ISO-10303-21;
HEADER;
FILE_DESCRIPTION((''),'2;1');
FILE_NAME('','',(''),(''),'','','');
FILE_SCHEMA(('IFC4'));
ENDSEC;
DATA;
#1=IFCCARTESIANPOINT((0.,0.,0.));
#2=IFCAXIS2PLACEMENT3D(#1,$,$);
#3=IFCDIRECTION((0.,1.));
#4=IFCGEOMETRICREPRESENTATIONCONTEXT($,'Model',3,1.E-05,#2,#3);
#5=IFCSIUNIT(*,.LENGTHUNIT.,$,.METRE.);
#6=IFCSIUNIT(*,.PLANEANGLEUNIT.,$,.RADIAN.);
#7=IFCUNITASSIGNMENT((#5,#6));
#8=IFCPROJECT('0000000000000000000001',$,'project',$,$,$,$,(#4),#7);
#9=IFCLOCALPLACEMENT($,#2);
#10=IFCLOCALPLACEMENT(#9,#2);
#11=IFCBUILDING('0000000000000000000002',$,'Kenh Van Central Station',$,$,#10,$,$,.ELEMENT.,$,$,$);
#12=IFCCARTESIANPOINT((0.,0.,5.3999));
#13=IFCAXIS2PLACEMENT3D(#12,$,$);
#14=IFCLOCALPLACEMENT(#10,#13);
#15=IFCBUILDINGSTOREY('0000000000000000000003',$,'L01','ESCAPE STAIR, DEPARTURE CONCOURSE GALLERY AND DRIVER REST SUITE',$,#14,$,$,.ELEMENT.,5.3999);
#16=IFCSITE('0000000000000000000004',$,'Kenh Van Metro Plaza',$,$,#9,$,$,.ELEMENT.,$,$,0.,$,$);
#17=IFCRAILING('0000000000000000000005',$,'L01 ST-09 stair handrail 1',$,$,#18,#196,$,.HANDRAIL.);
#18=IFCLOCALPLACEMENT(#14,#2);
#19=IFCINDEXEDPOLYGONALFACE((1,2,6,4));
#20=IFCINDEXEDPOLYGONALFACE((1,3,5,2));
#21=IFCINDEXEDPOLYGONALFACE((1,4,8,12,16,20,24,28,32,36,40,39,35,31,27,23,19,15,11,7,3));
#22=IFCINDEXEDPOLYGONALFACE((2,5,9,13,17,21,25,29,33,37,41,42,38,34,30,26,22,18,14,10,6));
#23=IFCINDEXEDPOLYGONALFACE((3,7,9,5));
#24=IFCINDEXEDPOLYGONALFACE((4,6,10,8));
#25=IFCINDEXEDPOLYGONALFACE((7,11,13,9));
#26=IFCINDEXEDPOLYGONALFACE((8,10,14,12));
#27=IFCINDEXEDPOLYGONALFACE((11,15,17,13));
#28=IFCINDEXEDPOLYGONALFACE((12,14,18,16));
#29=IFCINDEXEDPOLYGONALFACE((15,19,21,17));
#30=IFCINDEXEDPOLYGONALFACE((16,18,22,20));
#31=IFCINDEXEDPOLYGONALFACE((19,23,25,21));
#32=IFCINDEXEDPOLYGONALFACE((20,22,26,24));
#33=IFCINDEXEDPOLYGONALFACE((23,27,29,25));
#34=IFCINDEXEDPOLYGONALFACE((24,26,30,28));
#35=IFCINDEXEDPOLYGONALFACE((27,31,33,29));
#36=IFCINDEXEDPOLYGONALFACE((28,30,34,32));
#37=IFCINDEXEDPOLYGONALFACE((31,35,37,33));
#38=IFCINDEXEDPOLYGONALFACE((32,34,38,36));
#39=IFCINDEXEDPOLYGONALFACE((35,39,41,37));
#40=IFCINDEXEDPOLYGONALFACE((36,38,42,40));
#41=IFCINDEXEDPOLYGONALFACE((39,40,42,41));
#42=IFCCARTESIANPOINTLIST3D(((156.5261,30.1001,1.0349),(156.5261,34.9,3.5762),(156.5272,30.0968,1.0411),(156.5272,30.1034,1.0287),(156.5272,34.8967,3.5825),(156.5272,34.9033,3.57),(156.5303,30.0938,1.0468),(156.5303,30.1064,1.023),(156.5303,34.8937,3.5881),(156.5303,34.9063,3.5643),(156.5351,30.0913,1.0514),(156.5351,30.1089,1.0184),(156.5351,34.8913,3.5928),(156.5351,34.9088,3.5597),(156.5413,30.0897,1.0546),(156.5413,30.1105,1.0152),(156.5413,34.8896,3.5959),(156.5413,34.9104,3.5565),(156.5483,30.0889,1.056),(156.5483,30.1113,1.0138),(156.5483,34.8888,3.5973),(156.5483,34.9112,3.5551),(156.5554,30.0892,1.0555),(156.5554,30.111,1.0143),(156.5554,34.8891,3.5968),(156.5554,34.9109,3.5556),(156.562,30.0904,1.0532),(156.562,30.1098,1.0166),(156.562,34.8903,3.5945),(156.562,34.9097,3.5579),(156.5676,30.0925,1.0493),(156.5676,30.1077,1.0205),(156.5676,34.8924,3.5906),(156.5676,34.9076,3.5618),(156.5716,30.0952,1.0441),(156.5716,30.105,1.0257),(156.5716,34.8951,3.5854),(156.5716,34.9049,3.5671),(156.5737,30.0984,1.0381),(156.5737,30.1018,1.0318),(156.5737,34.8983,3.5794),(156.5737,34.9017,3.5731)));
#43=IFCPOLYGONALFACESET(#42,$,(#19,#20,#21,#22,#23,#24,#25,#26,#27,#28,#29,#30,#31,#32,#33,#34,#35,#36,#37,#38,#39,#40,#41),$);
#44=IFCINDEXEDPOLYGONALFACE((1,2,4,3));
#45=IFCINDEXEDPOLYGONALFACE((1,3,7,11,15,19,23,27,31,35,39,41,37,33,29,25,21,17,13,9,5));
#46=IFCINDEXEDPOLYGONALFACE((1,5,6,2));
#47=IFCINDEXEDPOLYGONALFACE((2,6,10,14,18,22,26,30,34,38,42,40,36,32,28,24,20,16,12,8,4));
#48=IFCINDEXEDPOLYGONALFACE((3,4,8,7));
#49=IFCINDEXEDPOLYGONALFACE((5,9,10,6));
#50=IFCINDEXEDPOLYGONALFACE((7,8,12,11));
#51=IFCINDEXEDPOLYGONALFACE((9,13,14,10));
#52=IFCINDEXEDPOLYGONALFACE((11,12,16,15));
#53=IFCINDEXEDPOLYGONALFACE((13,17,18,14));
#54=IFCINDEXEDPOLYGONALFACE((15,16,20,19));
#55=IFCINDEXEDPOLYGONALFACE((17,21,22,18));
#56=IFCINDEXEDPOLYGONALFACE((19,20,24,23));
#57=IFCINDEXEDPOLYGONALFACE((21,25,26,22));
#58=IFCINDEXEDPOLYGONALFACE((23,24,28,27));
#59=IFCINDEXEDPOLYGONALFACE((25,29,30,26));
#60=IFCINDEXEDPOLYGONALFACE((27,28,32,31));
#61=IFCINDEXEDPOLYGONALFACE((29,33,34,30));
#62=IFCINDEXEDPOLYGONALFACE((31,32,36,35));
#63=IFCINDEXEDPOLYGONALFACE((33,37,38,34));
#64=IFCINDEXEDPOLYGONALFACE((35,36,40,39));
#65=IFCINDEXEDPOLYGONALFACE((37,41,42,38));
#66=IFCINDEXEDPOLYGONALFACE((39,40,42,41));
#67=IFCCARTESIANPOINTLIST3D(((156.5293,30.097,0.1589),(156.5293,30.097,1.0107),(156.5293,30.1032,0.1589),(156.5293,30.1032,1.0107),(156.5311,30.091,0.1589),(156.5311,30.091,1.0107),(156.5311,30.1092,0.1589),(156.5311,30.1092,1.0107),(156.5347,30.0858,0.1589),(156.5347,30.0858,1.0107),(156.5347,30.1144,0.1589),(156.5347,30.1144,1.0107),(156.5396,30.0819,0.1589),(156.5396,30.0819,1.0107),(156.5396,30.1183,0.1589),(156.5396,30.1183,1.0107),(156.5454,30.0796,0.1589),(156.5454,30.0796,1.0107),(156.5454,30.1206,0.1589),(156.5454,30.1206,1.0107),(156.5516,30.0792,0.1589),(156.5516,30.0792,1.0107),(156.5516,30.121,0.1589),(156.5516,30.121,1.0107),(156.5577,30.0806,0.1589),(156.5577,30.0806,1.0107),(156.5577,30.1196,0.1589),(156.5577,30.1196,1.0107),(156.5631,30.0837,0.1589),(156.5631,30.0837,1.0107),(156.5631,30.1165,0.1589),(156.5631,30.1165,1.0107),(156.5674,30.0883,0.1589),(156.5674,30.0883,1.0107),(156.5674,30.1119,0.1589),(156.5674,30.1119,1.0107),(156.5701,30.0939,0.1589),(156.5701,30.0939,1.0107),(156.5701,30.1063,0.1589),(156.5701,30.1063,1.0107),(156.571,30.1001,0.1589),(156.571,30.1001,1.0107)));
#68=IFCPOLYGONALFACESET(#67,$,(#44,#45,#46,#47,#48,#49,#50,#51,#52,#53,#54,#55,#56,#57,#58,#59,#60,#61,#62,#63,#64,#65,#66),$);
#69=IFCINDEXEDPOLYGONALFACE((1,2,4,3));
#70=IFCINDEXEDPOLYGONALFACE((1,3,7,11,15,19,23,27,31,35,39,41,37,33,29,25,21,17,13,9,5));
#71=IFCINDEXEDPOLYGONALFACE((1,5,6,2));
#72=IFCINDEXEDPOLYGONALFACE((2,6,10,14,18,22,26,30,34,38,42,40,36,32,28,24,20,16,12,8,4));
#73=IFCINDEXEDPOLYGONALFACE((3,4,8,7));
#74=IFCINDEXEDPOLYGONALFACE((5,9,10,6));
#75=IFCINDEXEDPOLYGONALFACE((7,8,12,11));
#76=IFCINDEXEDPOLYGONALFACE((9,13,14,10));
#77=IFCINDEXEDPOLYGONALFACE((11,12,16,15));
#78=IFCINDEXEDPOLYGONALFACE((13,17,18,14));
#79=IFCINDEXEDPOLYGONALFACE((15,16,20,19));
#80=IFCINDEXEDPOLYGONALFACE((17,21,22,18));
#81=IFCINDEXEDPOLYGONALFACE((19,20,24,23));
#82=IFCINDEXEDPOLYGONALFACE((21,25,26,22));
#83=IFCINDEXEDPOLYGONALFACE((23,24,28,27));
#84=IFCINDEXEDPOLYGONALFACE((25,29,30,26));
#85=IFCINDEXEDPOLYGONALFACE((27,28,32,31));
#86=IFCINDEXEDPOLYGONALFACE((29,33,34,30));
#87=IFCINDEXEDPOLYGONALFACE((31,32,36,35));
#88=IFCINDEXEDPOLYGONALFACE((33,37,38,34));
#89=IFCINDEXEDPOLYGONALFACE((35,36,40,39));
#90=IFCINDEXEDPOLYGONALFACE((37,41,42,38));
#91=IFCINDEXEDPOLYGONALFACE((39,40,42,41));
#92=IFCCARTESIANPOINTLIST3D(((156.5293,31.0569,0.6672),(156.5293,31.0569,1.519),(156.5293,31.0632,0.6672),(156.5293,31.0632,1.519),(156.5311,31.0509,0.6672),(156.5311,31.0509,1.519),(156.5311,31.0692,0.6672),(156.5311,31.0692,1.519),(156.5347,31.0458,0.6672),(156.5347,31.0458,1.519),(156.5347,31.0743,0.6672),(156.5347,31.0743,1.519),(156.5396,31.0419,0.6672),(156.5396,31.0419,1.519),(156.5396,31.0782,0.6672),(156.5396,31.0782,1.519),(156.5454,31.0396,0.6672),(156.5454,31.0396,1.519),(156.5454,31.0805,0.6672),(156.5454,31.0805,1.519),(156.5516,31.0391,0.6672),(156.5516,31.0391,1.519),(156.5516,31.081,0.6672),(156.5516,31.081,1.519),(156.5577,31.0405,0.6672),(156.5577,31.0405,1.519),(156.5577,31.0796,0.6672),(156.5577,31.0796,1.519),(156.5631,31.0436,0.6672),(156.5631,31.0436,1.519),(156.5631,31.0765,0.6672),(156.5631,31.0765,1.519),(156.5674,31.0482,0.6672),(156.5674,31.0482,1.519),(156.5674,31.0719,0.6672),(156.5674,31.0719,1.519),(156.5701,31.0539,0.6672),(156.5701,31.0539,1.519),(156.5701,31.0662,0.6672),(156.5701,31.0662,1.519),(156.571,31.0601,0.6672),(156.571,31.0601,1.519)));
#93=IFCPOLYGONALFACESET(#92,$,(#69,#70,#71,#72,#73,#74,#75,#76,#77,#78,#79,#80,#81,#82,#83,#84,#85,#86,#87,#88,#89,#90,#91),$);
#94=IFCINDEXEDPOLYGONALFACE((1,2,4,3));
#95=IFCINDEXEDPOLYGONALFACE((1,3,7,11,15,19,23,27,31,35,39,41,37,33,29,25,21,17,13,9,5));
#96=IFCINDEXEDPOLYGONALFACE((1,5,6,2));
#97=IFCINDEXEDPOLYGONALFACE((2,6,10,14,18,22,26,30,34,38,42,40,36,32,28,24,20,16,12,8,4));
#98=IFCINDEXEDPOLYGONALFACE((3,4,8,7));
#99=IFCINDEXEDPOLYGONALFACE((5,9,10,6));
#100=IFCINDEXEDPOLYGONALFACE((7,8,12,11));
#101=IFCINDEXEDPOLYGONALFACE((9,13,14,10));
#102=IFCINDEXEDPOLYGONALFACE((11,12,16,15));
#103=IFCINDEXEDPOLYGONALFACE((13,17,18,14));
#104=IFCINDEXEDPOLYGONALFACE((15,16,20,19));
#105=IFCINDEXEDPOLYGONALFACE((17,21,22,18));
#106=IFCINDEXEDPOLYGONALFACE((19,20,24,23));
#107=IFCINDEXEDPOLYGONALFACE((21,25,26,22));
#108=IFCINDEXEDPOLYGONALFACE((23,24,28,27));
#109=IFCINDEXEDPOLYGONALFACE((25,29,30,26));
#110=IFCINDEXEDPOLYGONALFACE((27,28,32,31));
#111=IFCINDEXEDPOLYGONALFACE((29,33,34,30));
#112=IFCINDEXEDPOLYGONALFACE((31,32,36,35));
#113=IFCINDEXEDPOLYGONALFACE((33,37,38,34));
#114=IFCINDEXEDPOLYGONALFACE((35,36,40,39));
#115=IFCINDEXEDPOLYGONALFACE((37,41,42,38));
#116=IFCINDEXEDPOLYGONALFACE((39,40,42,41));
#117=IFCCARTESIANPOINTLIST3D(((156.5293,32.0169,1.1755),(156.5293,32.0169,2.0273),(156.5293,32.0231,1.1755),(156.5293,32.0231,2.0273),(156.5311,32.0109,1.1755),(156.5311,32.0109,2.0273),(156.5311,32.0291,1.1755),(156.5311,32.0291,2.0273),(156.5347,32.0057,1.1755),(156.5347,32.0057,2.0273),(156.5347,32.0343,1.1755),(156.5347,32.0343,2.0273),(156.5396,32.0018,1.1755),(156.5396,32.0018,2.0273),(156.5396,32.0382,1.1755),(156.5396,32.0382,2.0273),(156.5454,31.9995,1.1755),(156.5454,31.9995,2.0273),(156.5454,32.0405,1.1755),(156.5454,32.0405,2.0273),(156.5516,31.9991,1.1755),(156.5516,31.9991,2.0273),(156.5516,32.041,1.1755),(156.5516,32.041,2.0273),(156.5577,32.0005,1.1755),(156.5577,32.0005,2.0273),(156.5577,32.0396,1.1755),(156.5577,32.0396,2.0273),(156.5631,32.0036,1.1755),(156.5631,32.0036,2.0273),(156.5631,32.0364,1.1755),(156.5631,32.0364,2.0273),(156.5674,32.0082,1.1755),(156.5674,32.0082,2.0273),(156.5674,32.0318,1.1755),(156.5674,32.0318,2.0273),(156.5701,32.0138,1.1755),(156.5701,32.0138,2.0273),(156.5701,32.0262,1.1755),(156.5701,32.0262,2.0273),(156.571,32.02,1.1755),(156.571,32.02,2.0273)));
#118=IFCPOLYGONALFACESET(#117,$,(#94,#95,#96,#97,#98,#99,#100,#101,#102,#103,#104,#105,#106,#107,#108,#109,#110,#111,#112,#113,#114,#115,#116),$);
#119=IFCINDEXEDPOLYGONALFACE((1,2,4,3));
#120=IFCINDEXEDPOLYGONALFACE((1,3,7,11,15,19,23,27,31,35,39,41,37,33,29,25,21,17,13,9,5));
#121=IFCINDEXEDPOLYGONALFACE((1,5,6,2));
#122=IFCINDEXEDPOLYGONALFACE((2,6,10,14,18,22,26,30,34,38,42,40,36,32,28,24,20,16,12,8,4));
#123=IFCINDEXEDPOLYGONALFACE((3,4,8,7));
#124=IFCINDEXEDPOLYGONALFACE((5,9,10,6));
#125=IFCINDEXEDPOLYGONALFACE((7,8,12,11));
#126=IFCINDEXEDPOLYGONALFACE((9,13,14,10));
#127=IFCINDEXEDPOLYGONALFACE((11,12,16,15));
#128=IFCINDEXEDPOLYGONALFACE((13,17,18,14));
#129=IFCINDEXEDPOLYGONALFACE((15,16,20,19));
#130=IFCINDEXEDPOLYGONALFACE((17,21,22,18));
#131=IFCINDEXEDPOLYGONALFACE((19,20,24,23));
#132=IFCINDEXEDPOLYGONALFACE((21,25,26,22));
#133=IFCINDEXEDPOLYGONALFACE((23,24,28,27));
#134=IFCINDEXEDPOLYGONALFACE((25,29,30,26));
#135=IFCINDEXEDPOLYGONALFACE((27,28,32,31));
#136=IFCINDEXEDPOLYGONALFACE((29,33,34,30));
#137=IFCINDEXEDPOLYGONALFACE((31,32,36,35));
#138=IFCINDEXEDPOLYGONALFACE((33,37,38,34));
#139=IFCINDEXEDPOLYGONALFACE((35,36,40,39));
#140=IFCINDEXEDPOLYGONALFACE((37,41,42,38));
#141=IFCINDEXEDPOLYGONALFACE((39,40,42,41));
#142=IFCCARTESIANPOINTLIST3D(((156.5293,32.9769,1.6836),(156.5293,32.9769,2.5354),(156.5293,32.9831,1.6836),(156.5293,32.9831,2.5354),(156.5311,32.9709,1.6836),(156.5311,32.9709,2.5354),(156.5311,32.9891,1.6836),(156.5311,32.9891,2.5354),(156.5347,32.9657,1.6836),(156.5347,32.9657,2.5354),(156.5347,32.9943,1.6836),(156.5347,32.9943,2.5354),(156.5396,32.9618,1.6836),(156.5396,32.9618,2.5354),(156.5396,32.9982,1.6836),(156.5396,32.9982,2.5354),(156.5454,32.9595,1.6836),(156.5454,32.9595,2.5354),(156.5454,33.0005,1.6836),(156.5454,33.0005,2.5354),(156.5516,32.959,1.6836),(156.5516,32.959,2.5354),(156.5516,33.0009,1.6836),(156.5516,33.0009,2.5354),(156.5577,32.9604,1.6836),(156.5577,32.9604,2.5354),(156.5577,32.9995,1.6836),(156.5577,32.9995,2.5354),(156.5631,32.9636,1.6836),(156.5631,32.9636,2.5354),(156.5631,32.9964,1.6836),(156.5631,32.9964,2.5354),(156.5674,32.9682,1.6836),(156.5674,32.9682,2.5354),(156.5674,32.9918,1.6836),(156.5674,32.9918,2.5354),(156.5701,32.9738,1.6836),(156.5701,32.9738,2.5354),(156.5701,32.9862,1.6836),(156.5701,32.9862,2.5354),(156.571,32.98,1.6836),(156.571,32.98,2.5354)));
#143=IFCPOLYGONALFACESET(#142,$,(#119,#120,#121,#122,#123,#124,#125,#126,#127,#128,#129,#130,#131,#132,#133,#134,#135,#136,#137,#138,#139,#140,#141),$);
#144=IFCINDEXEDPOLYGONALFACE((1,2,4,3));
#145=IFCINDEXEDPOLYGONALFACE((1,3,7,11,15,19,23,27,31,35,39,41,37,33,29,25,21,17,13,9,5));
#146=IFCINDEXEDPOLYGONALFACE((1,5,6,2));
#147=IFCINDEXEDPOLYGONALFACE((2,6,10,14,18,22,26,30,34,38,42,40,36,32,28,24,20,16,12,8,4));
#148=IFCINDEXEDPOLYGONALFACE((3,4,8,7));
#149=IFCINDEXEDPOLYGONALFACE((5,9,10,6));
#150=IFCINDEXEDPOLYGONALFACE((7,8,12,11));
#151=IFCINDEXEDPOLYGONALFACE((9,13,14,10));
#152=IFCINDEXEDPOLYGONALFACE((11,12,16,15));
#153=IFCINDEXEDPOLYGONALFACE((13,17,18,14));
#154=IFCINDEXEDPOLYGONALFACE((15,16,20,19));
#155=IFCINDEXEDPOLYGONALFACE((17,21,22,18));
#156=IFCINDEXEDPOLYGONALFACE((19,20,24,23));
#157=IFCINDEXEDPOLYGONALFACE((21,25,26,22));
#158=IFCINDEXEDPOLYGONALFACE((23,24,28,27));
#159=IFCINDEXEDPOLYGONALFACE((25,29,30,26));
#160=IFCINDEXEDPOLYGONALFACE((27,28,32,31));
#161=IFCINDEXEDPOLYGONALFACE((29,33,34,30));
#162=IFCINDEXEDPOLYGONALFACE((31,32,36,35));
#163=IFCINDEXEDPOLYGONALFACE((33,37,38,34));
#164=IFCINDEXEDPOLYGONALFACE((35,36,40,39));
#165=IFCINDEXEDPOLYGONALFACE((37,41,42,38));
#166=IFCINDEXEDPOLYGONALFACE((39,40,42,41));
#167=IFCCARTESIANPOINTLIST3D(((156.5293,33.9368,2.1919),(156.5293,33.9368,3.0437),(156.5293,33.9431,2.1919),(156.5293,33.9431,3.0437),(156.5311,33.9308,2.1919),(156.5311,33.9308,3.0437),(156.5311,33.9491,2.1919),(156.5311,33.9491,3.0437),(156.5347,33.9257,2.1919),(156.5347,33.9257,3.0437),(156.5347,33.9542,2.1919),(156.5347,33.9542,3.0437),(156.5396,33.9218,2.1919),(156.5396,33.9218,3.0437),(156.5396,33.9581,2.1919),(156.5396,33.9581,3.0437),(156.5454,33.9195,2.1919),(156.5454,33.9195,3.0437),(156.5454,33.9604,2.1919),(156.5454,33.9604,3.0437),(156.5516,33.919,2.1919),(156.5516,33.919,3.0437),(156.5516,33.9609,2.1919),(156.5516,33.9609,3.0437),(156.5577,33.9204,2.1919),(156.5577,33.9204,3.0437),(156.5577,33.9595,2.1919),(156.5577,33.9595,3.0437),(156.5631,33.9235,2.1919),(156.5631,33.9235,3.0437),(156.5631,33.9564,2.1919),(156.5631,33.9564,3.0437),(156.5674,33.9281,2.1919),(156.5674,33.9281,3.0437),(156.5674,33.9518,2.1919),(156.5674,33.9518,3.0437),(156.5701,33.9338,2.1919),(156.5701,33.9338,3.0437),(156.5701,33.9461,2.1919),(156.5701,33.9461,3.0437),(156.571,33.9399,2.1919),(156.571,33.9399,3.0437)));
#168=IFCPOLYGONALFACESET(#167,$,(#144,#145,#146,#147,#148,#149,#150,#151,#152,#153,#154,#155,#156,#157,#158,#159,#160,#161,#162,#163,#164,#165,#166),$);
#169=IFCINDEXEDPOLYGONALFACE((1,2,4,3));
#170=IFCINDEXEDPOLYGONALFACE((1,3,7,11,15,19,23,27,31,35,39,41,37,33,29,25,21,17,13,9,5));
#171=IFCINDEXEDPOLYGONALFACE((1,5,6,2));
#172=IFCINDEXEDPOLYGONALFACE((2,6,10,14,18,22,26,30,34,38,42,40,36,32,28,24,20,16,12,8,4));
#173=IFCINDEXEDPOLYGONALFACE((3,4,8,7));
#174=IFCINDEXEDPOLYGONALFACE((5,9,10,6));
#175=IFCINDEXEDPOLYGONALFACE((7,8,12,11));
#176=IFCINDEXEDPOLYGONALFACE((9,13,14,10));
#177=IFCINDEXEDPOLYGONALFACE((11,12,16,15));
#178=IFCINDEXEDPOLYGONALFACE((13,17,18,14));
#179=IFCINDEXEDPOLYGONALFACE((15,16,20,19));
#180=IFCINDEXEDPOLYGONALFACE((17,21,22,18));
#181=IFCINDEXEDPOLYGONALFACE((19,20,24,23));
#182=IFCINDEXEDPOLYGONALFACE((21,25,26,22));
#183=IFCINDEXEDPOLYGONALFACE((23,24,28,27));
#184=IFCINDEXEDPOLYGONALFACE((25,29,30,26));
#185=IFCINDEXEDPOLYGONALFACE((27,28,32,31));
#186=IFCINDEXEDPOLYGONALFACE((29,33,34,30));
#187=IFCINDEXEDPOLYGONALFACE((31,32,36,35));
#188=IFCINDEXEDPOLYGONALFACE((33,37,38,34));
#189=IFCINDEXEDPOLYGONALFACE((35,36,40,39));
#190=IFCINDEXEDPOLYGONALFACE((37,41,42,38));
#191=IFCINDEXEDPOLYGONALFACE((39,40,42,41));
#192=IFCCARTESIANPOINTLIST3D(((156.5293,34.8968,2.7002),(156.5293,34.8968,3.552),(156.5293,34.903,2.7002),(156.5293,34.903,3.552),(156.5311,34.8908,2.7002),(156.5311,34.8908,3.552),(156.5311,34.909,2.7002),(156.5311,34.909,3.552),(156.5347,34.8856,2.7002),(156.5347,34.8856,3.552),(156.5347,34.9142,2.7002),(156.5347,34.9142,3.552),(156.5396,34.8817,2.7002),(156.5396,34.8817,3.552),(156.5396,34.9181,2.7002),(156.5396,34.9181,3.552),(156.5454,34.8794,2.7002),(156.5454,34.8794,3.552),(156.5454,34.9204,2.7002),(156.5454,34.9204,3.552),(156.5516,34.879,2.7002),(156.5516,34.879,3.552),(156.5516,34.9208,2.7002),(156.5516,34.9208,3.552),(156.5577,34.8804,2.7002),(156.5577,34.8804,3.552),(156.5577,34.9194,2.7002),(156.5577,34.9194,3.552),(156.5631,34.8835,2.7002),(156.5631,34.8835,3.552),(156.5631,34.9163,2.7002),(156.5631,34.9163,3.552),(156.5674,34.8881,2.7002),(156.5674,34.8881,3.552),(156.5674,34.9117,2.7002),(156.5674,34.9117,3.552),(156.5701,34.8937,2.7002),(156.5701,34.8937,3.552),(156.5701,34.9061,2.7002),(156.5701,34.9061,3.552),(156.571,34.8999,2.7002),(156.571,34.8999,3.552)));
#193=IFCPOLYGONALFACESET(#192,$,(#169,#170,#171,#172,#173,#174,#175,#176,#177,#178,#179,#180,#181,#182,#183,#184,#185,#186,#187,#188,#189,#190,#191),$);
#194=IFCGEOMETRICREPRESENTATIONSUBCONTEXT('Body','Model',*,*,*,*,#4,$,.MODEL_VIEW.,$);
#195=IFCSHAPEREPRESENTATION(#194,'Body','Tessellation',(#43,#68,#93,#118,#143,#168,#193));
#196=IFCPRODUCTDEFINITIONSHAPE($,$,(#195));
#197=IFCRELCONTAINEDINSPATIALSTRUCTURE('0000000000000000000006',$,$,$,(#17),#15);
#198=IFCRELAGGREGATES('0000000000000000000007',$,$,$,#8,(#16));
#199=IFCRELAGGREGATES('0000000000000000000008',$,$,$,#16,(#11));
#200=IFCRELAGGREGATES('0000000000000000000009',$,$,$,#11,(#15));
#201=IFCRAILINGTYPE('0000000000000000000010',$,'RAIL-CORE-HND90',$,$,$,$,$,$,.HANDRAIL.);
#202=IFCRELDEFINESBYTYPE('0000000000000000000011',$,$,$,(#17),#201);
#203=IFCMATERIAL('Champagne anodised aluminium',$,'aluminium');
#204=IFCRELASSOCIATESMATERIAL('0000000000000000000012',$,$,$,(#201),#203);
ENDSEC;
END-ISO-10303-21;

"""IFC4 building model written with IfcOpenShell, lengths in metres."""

from ifc_helpers import new_model, si_unit, direction, frame, origin, origin_2d, place, context, subcontext, project, spatial, circle, extrude, material, type_object, element, save


model = new_model("IFC4")

# Units and contexts
model_context = context("Model", 3, precision=1e-05, world=origin(), true_north=direction((0.0, 1.0)))
body_context = subcontext(model_context, "Body", "Model", "MODEL_VIEW")
ifc_project = project(units=[si_unit("LENGTHUNIT", "METRE"), si_unit("PLANEANGLEUNIT", "RADIAN")], contexts=[model_context])

# Site, building, storey
site_placement = place(None, origin())
site = spatial("IfcSite", under=ifc_project, at=site_placement, Name="Kenh Van Metro Plaza", CompositionType="ELEMENT", RefElevation=0.0)
building_placement = place(site_placement, origin())
building = spatial("IfcBuilding", under=site, at=building_placement, Name="Kenh Van Central Station", CompositionType="ELEMENT")
storey_placement = place(building_placement, frame((0.0, 0.0, 5.3999)))
storey = spatial("IfcBuildingStorey", under=building, at=storey_placement, Name="L01", Description="ESCAPE STAIR, DEPARTURE CONCOURSE GALLERY AND DRIVER REST SUITE", CompositionType="ELEMENT", Elevation=5.3999)

# Shared definitions
ifc_material_1 = material(Name="Champagne anodised aluminium", Category="aluminium")

# Railing
railing_type_1 = type_object("IfcRailingType", Name="RAIL-CORE-HND90", PredefinedType="HANDRAIL", material=ifc_material_1)
railing_1_placement = place(storey_placement, frame((156.55, 30.1001, 0.1589)))
element("IfcRailing", 1, at=railing_1_placement, inside=storey, type_object=railing_type_1, Name="L01 ST-09 stair handrail 1", PredefinedType="HANDRAIL", context=body_context, shape_type="SweptSolid", body=[
    extrude(circle(Radius=0.0239, at=origin_2d()), frame((0.0, 0.0, 0.876), z_axis=(0.0, 0.883774, 0.467915), x_axis=(-1.0, 0.0, 0.0)), (0.0, 0.0, 1.0), 5.4312),
    extrude(circle(Radius=0.021, at=origin_2d()), origin(), (0.0, 0.0, 1.0), 0.8518),
    extrude(circle(Radius=0.021, at=origin_2d()), frame((0.0, 0.96, 0.5083)), (0.0, 0.0, 1.0), 0.8518),
    extrude(circle(Radius=0.021, at=origin_2d()), frame((0.0, 1.9199, 1.0166)), (0.0, 0.0, 1.0), 0.8518),
    extrude(circle(Radius=0.021, at=origin_2d()), frame((0.0, 2.8799, 1.5247)), (0.0, 0.0, 1.0), 0.8518),
    extrude(circle(Radius=0.021, at=origin_2d()), frame((0.0, 3.8398, 2.033)), (0.0, 0.0, 1.0), 0.8518),
    extrude(circle(Radius=0.021, at=origin_2d()), frame((0.0, 4.7998, 2.5413)), (0.0, 0.0, 1.0), 0.8518),
])

save(model, "model.ifc")
